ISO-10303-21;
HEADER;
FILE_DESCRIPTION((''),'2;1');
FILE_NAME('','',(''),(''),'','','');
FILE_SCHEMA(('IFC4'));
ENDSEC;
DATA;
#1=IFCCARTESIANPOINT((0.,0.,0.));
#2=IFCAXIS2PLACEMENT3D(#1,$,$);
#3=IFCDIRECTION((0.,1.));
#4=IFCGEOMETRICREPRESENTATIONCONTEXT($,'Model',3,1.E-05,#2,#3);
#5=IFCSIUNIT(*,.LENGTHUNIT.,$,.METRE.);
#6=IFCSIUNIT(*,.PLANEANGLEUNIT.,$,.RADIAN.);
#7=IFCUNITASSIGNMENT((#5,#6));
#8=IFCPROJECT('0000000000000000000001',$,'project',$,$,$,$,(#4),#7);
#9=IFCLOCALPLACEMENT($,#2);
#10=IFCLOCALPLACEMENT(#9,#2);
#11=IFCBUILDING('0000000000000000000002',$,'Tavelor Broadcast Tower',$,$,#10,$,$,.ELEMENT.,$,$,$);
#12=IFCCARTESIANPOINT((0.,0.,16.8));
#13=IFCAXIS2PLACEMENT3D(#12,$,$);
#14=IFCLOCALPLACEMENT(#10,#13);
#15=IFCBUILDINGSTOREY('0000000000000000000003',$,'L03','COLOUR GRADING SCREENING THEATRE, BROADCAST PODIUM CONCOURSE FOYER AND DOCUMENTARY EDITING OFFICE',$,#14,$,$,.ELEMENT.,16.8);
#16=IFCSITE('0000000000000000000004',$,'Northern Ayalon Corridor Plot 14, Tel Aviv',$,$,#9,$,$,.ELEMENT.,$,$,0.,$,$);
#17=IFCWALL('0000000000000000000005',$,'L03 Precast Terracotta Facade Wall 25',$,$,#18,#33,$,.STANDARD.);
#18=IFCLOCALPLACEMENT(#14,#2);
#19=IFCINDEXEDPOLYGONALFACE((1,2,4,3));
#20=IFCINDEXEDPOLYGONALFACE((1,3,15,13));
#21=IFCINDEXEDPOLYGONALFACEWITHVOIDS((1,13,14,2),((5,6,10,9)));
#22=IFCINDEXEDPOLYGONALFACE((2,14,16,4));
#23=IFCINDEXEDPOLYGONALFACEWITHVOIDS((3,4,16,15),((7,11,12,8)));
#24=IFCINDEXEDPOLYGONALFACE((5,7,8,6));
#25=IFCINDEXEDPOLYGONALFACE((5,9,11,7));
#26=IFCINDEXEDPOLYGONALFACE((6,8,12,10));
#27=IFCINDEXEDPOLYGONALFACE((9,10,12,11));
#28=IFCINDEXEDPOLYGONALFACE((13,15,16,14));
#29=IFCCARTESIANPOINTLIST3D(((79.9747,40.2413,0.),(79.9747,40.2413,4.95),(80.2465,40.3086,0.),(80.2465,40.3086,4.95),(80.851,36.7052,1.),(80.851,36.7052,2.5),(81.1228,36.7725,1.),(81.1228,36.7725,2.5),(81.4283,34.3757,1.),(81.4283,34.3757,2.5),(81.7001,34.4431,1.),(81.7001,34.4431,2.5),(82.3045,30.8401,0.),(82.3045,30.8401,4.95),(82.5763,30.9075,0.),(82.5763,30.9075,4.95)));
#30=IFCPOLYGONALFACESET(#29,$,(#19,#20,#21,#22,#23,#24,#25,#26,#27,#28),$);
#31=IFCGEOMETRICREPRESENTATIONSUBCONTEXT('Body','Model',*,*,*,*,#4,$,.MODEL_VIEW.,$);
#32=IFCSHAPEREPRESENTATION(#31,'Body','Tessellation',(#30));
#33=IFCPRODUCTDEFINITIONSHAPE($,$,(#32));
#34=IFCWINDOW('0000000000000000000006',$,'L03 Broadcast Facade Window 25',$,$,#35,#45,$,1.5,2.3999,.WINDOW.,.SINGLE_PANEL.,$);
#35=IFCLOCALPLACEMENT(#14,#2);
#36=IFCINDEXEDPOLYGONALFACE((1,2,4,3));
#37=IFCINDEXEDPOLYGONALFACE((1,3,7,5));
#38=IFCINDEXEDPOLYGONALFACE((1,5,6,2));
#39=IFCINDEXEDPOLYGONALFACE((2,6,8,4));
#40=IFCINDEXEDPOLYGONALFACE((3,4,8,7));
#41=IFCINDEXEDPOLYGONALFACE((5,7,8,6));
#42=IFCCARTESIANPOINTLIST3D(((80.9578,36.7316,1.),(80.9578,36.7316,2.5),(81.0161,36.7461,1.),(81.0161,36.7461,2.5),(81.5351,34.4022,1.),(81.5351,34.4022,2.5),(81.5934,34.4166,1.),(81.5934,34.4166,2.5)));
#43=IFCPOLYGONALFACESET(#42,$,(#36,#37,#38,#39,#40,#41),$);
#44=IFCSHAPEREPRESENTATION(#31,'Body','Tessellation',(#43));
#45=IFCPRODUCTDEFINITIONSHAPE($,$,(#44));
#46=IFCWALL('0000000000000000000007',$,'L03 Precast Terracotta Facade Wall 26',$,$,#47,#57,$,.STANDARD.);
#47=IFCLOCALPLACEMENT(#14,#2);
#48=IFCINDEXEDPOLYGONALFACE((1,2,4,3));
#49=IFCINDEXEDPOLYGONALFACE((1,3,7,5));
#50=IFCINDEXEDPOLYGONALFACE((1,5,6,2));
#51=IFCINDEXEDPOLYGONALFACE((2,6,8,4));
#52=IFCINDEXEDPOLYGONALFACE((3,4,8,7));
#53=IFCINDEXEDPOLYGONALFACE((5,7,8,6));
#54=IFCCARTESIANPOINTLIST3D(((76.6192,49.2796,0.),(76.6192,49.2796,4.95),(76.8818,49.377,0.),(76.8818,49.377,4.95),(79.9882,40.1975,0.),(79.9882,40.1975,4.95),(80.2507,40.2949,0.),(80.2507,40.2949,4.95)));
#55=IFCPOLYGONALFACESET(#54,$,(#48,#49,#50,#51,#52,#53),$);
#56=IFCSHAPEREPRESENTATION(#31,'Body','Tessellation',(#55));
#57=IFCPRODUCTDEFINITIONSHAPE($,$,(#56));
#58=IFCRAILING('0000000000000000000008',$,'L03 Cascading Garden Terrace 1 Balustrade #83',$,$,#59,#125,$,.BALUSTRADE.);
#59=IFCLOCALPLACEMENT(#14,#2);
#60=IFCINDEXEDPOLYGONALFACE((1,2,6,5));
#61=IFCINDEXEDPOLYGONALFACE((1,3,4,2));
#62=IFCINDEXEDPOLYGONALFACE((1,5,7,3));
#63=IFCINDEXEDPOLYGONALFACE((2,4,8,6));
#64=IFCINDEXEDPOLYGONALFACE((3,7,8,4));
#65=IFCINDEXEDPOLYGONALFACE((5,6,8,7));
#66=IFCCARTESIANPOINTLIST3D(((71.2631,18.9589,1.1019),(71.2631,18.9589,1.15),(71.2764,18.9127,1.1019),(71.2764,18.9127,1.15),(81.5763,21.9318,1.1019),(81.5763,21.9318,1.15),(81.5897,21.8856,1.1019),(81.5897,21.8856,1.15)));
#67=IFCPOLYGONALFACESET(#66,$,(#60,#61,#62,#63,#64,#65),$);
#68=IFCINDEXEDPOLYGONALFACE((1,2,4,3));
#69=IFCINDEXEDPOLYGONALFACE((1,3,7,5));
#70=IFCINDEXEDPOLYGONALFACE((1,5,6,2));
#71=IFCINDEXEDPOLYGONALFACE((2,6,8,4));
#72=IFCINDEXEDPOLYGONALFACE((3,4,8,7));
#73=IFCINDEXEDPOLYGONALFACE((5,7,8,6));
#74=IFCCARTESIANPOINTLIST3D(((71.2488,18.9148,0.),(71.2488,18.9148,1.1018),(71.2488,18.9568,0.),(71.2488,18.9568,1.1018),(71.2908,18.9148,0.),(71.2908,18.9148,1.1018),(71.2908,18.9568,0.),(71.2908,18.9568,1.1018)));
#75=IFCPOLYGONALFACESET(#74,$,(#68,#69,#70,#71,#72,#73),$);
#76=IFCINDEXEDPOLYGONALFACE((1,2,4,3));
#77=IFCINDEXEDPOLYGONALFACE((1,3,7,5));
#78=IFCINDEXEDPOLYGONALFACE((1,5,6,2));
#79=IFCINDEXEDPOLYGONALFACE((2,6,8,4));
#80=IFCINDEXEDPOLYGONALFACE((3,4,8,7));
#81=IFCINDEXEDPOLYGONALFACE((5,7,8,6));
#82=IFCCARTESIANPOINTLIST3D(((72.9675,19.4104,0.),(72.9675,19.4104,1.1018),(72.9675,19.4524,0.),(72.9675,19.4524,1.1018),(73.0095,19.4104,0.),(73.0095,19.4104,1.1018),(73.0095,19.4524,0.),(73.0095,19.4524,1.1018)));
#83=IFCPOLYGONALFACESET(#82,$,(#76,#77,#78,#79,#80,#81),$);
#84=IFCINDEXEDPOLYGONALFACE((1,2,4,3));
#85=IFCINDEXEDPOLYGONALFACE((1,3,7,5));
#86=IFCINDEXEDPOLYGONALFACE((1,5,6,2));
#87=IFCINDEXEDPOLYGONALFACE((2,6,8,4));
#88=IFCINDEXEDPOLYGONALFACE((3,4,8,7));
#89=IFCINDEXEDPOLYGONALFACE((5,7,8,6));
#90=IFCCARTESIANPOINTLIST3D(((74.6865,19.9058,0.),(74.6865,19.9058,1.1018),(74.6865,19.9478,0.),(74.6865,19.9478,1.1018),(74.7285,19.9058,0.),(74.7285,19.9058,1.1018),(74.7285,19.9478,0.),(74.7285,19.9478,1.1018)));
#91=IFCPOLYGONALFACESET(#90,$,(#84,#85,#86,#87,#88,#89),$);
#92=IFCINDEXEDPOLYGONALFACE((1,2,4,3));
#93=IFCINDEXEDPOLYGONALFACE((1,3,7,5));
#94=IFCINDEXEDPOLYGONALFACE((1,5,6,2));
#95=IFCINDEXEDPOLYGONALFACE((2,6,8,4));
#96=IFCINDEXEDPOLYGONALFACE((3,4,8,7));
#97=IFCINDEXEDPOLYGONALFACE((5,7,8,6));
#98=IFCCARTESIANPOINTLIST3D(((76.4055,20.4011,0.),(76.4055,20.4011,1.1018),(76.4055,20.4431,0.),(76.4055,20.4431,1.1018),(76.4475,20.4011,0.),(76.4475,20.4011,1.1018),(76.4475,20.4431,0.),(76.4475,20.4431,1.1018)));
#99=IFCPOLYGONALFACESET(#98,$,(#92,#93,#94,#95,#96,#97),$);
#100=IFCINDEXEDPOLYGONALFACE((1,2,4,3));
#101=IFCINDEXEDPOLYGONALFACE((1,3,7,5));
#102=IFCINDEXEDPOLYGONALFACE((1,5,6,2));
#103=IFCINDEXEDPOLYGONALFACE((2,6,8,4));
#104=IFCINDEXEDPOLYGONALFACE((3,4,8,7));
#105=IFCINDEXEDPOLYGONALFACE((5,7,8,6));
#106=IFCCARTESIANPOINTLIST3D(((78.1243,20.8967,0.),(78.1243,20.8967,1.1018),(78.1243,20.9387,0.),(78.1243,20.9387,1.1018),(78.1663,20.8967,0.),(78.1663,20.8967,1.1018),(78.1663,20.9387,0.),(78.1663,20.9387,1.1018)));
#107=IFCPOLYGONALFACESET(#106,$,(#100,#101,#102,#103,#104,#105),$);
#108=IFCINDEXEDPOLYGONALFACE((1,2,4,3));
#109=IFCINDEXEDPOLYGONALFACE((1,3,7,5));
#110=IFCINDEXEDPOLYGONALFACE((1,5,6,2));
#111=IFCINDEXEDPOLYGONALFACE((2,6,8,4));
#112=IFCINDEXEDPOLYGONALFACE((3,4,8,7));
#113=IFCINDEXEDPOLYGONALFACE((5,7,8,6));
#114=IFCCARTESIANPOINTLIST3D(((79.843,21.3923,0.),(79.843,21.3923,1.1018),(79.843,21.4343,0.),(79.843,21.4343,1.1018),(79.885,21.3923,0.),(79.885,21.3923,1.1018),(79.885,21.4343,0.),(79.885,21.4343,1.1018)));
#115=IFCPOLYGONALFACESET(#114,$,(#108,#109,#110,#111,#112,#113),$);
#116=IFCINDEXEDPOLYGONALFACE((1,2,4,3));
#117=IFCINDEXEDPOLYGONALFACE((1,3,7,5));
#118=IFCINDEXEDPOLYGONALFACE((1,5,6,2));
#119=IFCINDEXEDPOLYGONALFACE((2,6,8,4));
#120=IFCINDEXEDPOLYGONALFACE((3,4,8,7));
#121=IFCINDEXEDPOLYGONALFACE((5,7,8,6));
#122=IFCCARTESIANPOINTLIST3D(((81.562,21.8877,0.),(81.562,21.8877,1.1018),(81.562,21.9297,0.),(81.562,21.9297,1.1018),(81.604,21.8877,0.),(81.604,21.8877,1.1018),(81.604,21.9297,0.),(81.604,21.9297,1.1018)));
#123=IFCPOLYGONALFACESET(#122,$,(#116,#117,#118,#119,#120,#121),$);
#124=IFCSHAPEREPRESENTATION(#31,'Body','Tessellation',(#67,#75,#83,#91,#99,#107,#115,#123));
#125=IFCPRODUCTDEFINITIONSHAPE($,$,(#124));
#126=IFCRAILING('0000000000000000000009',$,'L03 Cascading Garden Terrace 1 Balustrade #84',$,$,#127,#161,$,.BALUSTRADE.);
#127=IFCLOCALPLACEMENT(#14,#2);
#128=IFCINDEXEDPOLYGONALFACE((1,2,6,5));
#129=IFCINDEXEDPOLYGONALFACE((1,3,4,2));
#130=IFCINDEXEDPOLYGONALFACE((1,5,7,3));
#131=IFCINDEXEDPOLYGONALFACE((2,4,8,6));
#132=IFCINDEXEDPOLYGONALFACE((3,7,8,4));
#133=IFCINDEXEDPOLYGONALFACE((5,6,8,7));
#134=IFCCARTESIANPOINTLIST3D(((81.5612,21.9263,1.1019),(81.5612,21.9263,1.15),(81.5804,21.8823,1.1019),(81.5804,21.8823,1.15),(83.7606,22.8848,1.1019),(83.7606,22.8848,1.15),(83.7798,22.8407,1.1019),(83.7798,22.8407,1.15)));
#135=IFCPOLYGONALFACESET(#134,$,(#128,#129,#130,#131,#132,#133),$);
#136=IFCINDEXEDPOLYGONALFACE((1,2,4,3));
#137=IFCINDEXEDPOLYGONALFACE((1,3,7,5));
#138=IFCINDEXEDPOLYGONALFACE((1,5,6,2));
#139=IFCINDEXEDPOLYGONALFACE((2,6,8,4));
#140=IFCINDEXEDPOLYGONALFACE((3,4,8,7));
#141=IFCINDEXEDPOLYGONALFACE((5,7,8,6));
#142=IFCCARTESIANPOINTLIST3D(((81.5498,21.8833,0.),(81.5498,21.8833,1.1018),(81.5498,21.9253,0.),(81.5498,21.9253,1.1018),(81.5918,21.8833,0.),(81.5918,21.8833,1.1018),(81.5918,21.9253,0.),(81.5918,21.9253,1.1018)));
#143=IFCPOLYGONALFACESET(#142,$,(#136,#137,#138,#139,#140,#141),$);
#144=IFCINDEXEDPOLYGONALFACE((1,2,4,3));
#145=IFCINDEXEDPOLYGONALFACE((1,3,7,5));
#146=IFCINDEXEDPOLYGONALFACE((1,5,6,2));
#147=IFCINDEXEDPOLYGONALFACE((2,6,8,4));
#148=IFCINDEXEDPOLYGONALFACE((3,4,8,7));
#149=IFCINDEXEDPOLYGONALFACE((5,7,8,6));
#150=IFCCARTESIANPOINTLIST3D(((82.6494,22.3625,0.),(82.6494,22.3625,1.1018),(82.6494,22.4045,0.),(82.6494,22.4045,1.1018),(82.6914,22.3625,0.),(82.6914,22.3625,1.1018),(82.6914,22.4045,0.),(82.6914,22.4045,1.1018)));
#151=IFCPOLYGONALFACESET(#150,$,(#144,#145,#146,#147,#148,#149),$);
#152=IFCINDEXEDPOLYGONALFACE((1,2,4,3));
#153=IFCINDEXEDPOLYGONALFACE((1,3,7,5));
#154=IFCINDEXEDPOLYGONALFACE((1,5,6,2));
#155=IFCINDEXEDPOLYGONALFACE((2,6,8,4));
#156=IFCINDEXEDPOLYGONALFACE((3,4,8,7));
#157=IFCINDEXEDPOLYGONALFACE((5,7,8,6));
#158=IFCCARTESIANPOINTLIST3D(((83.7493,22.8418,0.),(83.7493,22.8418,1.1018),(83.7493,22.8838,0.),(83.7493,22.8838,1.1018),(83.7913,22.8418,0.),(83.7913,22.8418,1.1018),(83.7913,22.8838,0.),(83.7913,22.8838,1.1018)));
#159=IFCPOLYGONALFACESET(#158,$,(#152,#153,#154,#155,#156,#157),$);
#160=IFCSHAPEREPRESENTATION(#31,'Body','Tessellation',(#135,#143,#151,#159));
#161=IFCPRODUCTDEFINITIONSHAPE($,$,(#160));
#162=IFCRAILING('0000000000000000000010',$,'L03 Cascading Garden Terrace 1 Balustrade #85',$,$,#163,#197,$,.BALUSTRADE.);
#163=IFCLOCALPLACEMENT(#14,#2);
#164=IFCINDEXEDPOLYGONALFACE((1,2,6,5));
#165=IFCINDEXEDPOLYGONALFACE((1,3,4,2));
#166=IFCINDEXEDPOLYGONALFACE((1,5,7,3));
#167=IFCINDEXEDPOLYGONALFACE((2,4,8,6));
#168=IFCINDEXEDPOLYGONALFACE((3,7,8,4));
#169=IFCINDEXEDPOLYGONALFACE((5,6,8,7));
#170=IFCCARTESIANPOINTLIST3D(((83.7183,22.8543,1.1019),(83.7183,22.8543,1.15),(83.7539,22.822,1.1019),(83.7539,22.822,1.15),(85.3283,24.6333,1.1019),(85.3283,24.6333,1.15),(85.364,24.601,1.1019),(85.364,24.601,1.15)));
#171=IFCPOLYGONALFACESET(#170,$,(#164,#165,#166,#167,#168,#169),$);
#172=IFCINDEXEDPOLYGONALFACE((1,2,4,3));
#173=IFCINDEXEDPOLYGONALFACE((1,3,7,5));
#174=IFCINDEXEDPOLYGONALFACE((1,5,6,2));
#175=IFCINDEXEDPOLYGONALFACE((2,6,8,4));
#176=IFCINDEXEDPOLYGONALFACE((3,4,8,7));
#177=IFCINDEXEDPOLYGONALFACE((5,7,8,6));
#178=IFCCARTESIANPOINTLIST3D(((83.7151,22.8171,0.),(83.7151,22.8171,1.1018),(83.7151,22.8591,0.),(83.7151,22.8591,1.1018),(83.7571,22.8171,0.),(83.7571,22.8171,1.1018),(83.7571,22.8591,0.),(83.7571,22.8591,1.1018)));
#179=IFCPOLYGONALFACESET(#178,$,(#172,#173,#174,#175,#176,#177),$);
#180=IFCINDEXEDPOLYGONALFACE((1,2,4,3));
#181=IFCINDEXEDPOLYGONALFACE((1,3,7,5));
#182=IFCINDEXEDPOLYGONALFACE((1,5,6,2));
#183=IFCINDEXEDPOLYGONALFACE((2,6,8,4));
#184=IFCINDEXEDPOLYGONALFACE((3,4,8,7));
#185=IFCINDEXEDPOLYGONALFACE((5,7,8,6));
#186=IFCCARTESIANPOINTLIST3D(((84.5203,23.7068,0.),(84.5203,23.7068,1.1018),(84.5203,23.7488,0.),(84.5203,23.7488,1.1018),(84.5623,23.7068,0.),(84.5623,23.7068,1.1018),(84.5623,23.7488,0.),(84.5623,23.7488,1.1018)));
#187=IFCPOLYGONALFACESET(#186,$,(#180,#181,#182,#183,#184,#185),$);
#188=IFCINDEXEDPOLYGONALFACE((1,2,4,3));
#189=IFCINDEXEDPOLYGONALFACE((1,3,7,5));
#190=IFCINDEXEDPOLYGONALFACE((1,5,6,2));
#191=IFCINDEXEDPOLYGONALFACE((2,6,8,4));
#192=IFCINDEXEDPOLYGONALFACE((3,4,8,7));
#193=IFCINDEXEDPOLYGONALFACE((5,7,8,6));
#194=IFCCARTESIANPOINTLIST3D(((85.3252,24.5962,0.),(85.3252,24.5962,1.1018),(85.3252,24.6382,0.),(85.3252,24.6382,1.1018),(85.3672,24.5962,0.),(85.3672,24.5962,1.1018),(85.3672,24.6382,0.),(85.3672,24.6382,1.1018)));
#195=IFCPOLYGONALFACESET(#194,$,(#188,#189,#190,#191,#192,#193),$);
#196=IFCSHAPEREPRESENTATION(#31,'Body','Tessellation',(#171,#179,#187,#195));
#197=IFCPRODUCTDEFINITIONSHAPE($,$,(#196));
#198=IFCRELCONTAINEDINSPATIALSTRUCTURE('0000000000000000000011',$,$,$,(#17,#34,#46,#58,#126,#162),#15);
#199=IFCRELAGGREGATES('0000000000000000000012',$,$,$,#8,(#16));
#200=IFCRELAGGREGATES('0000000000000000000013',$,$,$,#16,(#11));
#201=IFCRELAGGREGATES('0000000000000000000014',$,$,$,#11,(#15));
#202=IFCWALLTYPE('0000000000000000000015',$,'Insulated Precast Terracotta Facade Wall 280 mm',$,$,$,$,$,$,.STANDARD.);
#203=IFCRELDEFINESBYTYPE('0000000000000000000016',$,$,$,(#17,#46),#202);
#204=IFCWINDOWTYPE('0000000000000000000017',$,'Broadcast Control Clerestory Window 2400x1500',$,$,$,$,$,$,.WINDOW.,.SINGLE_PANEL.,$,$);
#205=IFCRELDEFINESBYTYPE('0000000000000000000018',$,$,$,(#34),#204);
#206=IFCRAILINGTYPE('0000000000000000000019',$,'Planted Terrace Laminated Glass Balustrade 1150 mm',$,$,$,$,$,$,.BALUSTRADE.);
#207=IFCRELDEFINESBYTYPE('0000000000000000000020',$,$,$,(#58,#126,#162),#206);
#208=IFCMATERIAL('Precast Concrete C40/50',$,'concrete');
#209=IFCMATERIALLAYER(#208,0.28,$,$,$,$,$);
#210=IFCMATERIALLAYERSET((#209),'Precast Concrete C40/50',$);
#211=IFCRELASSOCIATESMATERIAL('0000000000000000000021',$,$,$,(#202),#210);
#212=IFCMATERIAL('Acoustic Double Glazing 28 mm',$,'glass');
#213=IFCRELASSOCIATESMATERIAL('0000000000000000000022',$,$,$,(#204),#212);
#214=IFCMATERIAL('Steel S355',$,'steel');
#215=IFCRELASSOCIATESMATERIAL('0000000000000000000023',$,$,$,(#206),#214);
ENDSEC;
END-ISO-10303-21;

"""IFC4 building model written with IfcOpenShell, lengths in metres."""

from ifc_helpers import new_model, si_unit, direction, frame, frame_2d, origin, origin_2d, place, context, subcontext, project, spatial, rectangle, extrude, material, layer, layer_set, type_object, element, fill, save


model = new_model("IFC4")

# Units and contexts
model_context = context("Model", 3, precision=1e-05, world=origin(), true_north=direction((0.0, 1.0)))
body_context = subcontext(model_context, "Body", "Model", "MODEL_VIEW")
ifc_project = project(units=[si_unit("LENGTHUNIT", "METRE"), si_unit("PLANEANGLEUNIT", "RADIAN")], contexts=[model_context])

# Site, building, storey
site_placement = place(None, origin())
site = spatial("IfcSite", under=ifc_project, at=site_placement, Name="Northern Ayalon Corridor Plot 14, Tel Aviv", CompositionType="ELEMENT", RefElevation=0.0)
building_placement = place(site_placement, origin())
building = spatial("IfcBuilding", under=site, at=building_placement, Name="Tavelor Broadcast Tower", CompositionType="ELEMENT")
storey_placement = place(building_placement, frame((0.0, 0.0, 16.8)))
storey = spatial("IfcBuildingStorey", under=building, at=storey_placement, Name="L03", Description="COLOUR GRADING SCREENING THEATRE, BROADCAST PODIUM CONCOURSE FOYER AND DOCUMENTARY EDITING OFFICE", CompositionType="ELEMENT", Elevation=16.8)

# Shared definitions
ifc_material_1 = material(Name="Steel S355", Category="steel")

# Shared definitions
ifc_material_2 = material(Name="Precast Concrete C40/50", Category="concrete")
ifc_layer_1 = layer(ifc_material_2, 0.28)
ifc_layer_set_1 = layer_set([ifc_layer_1], Name="Precast Concrete C40/50")
wall_type = type_object("IfcWallType", Name="Insulated Precast Terracotta Facade Wall 280 mm", PredefinedType="STANDARD", material=ifc_layer_set_1)

# Wall, opening, window
wall_1_placement = place(storey_placement, frame((82.4404, 30.8738, 0.0), z_axis=(0.0, 0.0, 1.0), x_axis=(-0.240548, 0.970637, 0.0)))
wall_1 = element("IfcWall", 1, at=wall_1_placement, inside=storey, type_object=wall_type, Name="L03 Precast Terracotta Facade Wall 25", PredefinedType="STANDARD", context=body_context, shape_type="SweptSolid", body=[
    extrude(rectangle(XDim=9.6855, YDim=0.28, at=frame_2d((4.8428, 0.0))), origin(), (0.0, 0.0, 1.0), 4.95),
])
opening_placement = place(wall_1_placement, frame((3.6426, 0.0, 1.0)))
opening = element("IfcOpeningElement", 2, at=opening_placement, cuts=wall_1, PredefinedType="OPENING", context=body_context, shape_type="SweptSolid", body=[
    extrude(rectangle(XDim=2.3999, YDim=1.5, at=frame_2d((1.2, 0.75))), frame((0.0, 0.1499, 0.0), z_axis=(0.0, -1.0, 0.0), x_axis=(1.0, 0.0, 0.0)), (0.0, 0.0, 1.0), 0.3),
])
ifc_material_3 = material(Name="Acoustic Double Glazing 28 mm", Category="glass")
window_type = type_object("IfcWindowType", Name="Broadcast Control Clerestory Window 2400x1500", PartitioningType="SINGLE_PANEL", PredefinedType="WINDOW", material=ifc_material_3)
window_placement = place(opening_placement, origin())
window = element("IfcWindow", 3, at=window_placement, inside=storey, type_object=window_type, Name="L03 Broadcast Facade Window 25", OverallHeight=1.5, OverallWidth=2.3999, PartitioningType="SINGLE_PANEL", PredefinedType="WINDOW", context=body_context, shape_type="SweptSolid", body=[
    extrude(rectangle(XDim=2.3999, YDim=1.5, at=frame_2d((1.2, 0.75))), frame((0.0, 0.03, 0.0), z_axis=(0.0, -1.0, 0.0), x_axis=(1.0, 0.0, 0.0)), (0.0, 0.0, 1.0), 0.0601),
])
fill(opening, window)

# Wall
wall_2_placement = place(storey_placement, frame((80.1194, 40.2463, 0.0), z_axis=(0.0, 0.0, 1.0), x_axis=(-0.347785, 0.937574, 0.0)))
element("IfcWall", 4, at=wall_2_placement, inside=storey, type_object=wall_type, Name="L03 Precast Terracotta Facade Wall 26", PredefinedType="STANDARD", context=body_context, shape_type="SweptSolid", body=[
    extrude(rectangle(XDim=9.6868, YDim=0.28, at=frame_2d((4.8433, 0.0))), origin(), (0.0, 0.0, 1.0), 4.95),
])

# Railings
railing_type = type_object("IfcRailingType", Name="Planted Terrace Laminated Glass Balustrade 1150 mm", PredefinedType="BALUSTRADE", material=ifc_material_1)
railing_1_placement = place(storey_placement, frame((71.2698, 18.9358, 0.0)))
element("IfcRailing", 5, at=railing_1_placement, inside=storey, type_object=railing_type, Name="L03 Cascading Garden Terrace 1 Balustrade #83", PredefinedType="BALUSTRADE", context=body_context, shape_type="SweptSolid", body=[
    extrude(rectangle(XDim=0.0481, YDim=0.0481, at=origin_2d()), frame((0.0, 0.0, 1.126), z_axis=(0.960875, 0.276983, 0.0), x_axis=(-0.276983, 0.960875, 0.0)), (0.0, 0.0, 1.0), 10.7332),
    extrude(rectangle(XDim=0.042, YDim=0.042, at=origin_2d()), origin(), (0.0, 0.0, 1.0), 1.1018),
    extrude(rectangle(XDim=0.042, YDim=0.042, at=origin_2d()), frame((1.7188, 0.4956, 0.0)), (0.0, 0.0, 1.0), 1.1018),
    extrude(rectangle(XDim=0.042, YDim=0.042, at=origin_2d()), frame((3.4377, 0.991, 0.0)), (0.0, 0.0, 1.0), 1.1018),
    extrude(rectangle(XDim=0.042, YDim=0.042, at=origin_2d()), frame((5.1567, 1.4863, 0.0)), (0.0, 0.0, 1.0), 1.1018),
    extrude(rectangle(XDim=0.042, YDim=0.042, at=origin_2d()), frame((6.8755, 1.9819, 0.0)), (0.0, 0.0, 1.0), 1.1018),
    extrude(rectangle(XDim=0.042, YDim=0.042, at=origin_2d()), frame((8.5942, 2.4775, 0.0)), (0.0, 0.0, 1.0), 1.1018),
    extrude(rectangle(XDim=0.042, YDim=0.042, at=origin_2d()), frame((10.3132, 2.9729, 0.0)), (0.0, 0.0, 1.0), 1.1018),
])
railing_2_placement = place(storey_placement, frame((81.5708, 21.9043, 0.0)))
element("IfcRailing", 6, at=railing_2_placement, inside=storey, type_object=railing_type, Name="L03 Cascading Garden Terrace 1 Balustrade #84", PredefinedType="BALUSTRADE", context=body_context, shape_type="SweptSolid", body=[
    extrude(rectangle(XDim=0.0481, YDim=0.0481, at=origin_2d()), frame((0.0, 0.0, 1.126), z_axis=(0.916733, 0.3995, 0.0), x_axis=(-0.3995, 0.916733, 0.0)), (0.0, 0.0, 1.0), 2.3992),
    extrude(rectangle(XDim=0.042, YDim=0.042, at=origin_2d()), origin(), (0.0, 0.0, 1.0), 1.1018),
    extrude(rectangle(XDim=0.042, YDim=0.042, at=origin_2d()), frame((1.0996, 0.4792, 0.0)), (0.0, 0.0, 1.0), 1.1018),
    extrude(rectangle(XDim=0.042, YDim=0.042, at=origin_2d()), frame((2.1995, 0.9585, 0.0)), (0.0, 0.0, 1.0), 1.1018),
])
railing_3_placement = place(storey_placement, frame((83.7361, 22.8381, 0.0)))
element("IfcRailing", 7, at=railing_3_placement, inside=storey, type_object=railing_type, Name="L03 Cascading Garden Terrace 1 Balustrade #85", PredefinedType="BALUSTRADE", context=body_context, shape_type="SweptSolid", body=[
    extrude(rectangle(XDim=0.0481, YDim=0.0481, at=origin_2d()), frame((0.0, 0.0, 1.126), z_axis=(0.671025, 0.741435, 0.0), x_axis=(-0.741435, 0.671025, 0.0)), (0.0, 0.0, 1.0), 2.3994),
    extrude(rectangle(XDim=0.042, YDim=0.042, at=origin_2d()), origin(), (0.0, 0.0, 1.0), 1.1018),
    extrude(rectangle(XDim=0.042, YDim=0.042, at=origin_2d()), frame((0.8052, 0.8896, 0.0)), (0.0, 0.0, 1.0), 1.1018),
    extrude(rectangle(XDim=0.042, YDim=0.042, at=origin_2d()), frame((1.6101, 1.7791, 0.0)), (0.0, 0.0, 1.0), 1.1018),
])

save(model, "model.ifc")
